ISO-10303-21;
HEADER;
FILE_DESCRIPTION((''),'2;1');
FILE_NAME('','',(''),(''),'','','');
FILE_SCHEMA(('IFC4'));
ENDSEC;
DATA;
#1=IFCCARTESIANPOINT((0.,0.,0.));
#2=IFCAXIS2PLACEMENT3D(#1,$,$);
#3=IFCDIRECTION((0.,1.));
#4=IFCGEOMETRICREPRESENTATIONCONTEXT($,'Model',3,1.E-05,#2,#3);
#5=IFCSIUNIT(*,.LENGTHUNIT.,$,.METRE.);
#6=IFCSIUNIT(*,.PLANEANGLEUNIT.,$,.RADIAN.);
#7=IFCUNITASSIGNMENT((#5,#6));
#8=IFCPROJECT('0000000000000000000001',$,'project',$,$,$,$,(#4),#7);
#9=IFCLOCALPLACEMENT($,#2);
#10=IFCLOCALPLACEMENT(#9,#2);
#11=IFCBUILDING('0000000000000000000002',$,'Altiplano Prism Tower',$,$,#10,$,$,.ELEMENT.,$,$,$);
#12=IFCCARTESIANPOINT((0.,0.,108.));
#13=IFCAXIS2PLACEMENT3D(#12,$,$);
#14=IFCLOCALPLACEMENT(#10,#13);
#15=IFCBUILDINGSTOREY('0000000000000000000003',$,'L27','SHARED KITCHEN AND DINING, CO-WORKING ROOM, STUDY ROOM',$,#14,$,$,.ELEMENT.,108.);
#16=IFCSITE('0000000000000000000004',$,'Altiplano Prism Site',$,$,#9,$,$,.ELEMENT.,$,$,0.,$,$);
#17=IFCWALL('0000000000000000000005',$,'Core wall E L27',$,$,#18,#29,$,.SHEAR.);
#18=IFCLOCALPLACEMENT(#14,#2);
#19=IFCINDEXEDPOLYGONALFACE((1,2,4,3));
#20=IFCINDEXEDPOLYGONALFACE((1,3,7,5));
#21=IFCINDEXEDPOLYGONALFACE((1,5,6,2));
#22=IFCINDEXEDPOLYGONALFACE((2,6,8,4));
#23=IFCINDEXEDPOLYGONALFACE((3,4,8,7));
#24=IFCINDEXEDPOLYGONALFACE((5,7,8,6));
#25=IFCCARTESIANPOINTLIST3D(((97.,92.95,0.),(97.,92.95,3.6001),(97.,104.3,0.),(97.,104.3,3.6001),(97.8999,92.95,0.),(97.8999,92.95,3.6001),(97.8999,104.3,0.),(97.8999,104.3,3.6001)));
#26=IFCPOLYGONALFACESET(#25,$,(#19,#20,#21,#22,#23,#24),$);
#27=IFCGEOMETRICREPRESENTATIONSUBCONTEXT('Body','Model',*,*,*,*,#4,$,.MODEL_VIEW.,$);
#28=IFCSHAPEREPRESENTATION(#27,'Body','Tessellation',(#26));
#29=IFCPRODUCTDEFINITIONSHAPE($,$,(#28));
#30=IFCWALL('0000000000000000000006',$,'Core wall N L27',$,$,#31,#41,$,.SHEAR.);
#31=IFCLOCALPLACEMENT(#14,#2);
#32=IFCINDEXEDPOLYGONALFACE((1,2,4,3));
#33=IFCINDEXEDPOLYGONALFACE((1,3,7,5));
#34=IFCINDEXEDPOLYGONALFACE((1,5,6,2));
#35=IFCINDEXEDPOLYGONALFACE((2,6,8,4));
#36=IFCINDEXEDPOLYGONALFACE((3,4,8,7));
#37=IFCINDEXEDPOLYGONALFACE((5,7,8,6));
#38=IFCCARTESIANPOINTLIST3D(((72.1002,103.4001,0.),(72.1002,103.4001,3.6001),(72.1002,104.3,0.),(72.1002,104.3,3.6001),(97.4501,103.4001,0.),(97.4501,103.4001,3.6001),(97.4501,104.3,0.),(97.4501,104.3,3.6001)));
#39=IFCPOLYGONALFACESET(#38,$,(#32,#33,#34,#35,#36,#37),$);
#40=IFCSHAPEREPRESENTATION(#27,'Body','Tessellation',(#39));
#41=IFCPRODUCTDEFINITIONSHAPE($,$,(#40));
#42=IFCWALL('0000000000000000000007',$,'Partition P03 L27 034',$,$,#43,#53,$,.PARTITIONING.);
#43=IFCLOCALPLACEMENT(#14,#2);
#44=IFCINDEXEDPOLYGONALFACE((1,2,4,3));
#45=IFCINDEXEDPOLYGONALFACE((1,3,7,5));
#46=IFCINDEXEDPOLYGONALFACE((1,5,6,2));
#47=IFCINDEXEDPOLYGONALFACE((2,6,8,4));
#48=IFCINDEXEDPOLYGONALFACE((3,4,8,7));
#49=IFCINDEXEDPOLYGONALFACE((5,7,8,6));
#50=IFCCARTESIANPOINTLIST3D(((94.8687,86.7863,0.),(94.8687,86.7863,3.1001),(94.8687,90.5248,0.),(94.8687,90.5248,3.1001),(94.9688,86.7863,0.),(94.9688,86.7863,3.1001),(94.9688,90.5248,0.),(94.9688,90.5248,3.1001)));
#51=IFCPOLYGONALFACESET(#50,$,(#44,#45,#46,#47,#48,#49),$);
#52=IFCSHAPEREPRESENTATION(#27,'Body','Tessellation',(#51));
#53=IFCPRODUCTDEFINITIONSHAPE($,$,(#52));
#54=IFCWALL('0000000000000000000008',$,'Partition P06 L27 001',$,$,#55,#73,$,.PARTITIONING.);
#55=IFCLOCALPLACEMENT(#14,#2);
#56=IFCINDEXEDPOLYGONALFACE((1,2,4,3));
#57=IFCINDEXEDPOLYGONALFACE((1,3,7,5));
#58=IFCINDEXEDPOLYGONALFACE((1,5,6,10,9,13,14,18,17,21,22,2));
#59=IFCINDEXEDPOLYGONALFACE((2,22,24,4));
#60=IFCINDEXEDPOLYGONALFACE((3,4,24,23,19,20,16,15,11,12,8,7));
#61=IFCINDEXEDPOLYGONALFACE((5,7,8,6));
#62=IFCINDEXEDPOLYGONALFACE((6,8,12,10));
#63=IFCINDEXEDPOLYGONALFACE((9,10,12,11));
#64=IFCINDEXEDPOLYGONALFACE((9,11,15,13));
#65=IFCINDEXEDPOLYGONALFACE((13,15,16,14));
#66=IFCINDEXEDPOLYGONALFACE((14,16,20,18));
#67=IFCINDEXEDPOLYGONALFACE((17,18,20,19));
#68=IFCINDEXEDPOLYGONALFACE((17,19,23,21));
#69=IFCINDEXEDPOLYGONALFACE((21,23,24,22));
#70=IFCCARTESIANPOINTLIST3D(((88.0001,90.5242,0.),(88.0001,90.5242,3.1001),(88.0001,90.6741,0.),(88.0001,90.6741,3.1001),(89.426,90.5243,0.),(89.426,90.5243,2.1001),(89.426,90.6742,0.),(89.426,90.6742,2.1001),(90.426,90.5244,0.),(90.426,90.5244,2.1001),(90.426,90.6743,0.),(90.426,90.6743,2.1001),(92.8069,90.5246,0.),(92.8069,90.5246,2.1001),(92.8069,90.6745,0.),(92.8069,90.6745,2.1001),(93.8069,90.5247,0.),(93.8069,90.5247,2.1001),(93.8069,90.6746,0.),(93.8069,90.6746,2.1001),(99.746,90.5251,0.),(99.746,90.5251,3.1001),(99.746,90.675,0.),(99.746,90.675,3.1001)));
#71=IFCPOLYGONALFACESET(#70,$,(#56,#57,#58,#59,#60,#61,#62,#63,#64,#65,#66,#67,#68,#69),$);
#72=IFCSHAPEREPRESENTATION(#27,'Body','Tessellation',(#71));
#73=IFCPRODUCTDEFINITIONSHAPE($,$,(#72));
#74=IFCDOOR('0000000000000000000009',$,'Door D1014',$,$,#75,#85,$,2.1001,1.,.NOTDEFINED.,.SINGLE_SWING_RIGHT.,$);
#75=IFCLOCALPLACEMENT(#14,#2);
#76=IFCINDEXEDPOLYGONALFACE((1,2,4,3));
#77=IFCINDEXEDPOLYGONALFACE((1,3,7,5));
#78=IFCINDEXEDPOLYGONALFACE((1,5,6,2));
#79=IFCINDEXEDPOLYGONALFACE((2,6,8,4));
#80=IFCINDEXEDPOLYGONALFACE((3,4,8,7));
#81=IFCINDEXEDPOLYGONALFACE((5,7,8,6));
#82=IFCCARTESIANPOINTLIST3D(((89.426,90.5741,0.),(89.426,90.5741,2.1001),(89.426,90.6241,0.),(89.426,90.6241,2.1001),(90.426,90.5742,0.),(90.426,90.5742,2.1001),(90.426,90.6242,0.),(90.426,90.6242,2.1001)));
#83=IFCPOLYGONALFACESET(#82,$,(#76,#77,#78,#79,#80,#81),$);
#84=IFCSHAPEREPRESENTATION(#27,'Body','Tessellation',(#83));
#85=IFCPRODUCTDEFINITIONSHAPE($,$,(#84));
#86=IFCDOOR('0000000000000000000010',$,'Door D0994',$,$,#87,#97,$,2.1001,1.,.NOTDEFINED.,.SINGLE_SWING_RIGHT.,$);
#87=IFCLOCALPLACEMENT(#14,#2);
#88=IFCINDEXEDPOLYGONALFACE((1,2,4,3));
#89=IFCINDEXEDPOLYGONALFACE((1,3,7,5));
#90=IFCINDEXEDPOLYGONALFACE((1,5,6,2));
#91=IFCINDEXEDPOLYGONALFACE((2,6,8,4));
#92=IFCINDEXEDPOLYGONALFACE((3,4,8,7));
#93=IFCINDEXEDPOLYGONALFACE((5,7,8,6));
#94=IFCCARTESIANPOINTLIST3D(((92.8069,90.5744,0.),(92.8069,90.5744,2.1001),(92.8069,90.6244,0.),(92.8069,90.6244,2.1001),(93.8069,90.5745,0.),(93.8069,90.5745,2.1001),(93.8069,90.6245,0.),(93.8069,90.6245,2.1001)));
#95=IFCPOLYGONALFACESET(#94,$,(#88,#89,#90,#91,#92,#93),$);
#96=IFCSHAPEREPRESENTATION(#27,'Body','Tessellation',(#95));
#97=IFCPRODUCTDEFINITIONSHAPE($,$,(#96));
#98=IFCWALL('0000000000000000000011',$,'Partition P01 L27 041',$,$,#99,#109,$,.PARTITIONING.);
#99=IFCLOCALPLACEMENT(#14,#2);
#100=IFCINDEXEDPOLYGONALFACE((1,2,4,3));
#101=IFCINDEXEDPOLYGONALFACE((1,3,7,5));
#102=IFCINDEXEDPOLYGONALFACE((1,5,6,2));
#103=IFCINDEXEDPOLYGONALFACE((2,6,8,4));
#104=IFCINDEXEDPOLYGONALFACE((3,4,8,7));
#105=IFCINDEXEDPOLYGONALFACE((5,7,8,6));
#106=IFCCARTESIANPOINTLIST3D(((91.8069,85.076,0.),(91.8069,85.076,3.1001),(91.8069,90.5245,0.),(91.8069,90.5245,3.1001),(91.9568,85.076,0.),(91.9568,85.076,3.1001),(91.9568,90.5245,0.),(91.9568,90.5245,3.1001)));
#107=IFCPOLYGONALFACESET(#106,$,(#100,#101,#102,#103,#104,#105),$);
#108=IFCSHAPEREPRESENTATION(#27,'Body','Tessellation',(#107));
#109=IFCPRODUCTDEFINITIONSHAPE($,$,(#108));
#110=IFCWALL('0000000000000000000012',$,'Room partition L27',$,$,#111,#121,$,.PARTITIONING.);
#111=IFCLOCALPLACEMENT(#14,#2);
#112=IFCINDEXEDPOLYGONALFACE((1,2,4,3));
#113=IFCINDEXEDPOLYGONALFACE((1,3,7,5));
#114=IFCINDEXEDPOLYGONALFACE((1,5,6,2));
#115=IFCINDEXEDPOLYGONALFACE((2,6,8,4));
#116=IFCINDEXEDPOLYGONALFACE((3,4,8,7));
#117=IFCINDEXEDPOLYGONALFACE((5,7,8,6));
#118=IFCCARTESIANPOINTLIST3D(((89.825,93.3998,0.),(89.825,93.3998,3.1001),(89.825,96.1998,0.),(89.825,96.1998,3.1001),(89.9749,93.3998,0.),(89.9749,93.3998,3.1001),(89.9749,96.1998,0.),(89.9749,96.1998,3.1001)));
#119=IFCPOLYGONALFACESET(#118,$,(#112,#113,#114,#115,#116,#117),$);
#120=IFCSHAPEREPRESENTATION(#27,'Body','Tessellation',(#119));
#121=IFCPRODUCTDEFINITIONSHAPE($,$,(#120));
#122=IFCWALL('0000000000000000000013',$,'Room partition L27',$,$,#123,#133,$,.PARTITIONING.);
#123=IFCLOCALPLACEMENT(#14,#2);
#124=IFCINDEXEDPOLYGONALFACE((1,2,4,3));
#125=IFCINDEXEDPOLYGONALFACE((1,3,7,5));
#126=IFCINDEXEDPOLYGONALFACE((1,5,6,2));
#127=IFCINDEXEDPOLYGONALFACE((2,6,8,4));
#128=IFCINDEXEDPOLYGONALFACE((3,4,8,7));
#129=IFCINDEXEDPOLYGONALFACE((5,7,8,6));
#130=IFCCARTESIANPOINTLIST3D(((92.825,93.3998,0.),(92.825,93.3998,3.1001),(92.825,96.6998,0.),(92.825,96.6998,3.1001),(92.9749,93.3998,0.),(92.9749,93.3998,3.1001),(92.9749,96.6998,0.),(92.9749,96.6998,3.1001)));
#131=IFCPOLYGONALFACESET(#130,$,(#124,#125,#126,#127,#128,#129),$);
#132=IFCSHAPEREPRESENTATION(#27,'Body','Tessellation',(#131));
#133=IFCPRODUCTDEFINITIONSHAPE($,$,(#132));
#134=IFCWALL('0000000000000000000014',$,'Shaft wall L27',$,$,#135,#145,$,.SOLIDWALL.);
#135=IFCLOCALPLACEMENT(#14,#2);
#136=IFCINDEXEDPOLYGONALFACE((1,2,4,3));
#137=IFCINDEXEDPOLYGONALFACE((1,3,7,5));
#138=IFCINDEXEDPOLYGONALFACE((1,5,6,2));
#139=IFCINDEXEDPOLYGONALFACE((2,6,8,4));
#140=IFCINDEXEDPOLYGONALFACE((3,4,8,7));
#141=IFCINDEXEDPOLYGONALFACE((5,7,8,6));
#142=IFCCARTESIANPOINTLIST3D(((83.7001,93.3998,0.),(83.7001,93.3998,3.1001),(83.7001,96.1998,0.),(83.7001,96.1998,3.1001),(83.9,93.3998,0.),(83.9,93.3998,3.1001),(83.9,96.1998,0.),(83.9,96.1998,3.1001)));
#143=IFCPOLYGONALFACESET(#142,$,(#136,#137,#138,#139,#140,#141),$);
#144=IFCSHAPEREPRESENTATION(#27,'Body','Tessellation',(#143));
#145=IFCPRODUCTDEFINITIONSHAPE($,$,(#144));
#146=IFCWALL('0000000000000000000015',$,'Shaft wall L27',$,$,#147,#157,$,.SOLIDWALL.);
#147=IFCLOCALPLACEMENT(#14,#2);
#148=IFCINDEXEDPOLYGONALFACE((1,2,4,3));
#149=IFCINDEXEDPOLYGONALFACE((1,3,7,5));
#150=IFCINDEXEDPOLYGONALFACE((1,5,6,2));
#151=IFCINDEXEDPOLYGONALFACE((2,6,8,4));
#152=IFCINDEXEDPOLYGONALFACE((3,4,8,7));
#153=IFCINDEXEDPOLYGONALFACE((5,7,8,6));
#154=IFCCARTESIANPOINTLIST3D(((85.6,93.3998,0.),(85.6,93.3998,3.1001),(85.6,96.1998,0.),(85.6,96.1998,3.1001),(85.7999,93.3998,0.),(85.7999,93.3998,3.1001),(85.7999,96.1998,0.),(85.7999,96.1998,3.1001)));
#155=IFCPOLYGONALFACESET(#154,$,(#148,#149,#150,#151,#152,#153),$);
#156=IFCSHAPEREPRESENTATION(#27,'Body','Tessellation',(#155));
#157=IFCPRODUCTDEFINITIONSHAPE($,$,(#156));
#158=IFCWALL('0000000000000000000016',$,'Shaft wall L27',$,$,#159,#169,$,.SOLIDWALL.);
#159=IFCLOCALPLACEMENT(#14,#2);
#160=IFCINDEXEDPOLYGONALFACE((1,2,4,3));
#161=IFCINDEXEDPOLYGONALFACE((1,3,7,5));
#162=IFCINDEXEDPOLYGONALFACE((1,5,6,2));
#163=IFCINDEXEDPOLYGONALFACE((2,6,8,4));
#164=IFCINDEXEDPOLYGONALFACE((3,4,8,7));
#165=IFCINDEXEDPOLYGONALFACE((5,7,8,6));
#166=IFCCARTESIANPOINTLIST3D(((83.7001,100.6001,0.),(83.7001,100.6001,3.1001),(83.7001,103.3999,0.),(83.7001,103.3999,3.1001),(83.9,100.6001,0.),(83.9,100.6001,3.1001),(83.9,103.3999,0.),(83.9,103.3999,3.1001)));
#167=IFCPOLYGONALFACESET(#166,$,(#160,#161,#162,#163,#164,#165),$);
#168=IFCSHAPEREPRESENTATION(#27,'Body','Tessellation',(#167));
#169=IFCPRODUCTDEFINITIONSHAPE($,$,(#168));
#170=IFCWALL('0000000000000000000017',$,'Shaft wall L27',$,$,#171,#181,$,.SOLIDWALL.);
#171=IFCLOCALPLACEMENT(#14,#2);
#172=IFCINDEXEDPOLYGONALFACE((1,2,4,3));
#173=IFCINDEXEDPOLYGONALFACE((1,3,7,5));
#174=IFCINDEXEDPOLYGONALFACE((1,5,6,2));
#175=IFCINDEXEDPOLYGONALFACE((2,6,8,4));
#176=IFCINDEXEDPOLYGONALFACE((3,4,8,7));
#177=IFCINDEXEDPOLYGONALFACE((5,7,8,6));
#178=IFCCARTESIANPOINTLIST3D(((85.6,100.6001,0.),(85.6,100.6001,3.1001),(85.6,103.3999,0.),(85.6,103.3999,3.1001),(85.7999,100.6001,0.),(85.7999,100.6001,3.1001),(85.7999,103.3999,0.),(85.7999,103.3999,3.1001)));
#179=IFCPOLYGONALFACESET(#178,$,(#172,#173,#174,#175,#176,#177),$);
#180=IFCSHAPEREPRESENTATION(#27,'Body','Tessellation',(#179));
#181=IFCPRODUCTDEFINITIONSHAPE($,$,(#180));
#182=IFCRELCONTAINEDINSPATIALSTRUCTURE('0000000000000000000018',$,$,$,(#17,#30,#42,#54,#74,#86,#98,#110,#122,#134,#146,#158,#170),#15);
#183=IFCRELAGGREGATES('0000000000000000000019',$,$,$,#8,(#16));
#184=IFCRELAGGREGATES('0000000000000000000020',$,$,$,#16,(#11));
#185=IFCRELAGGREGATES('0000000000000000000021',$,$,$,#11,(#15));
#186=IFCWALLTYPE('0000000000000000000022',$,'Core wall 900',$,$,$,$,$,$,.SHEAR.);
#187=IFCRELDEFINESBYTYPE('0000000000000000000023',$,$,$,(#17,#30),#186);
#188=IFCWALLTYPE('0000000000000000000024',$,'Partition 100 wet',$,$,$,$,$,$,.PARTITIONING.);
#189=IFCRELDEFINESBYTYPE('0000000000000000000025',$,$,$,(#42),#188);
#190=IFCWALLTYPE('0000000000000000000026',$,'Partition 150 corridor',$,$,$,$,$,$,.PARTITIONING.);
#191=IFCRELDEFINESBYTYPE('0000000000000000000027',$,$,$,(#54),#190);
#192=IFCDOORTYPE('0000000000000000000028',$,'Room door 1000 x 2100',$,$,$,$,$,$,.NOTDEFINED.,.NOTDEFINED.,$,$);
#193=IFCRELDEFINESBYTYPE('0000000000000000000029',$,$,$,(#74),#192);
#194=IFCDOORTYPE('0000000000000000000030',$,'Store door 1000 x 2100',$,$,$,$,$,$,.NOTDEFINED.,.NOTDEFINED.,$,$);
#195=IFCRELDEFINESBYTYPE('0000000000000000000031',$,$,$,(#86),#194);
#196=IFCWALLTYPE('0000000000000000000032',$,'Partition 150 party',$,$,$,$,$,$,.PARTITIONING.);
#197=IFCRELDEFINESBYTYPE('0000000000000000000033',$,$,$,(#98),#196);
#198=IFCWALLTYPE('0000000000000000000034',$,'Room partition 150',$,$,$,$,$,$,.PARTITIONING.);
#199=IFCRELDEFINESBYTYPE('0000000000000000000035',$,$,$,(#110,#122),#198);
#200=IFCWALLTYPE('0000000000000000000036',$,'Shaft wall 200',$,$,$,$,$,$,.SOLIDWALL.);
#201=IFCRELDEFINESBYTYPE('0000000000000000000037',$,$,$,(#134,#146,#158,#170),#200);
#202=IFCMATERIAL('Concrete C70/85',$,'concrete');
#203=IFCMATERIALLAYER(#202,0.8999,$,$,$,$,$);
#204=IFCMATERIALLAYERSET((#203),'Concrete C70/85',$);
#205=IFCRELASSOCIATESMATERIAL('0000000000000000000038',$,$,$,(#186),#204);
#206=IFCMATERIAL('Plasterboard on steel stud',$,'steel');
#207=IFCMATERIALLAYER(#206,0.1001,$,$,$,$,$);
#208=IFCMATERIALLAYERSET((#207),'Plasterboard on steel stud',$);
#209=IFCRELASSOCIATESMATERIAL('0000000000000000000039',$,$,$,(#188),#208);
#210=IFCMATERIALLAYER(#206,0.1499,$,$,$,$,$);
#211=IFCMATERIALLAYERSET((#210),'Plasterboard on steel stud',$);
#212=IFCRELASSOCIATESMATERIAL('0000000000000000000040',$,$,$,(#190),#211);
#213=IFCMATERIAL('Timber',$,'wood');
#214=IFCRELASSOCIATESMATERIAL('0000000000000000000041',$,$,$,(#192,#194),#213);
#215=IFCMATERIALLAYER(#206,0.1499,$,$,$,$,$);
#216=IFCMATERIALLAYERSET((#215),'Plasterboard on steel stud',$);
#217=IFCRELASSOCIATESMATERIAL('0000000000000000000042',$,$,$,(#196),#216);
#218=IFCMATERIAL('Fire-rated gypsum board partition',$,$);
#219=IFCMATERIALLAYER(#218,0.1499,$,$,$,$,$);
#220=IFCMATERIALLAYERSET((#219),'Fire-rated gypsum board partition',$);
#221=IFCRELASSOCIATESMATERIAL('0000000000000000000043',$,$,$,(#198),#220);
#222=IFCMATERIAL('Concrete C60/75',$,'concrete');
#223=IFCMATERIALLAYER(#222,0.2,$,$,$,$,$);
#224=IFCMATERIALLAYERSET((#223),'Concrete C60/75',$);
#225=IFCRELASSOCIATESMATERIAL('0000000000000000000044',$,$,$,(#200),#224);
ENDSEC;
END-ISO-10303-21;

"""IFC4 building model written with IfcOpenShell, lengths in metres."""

from ifc_helpers import new_model, si_unit, direction, frame, frame_2d, origin, place, context, subcontext, project, spatial, rectangle, extrude, material, layer, layer_set, type_object, element, fill, save


model = new_model("IFC4")

# Units and contexts
model_context = context("Model", 3, precision=1e-05, world=origin(), true_north=direction((0.0, 1.0)))
body_context = subcontext(model_context, "Body", "Model", "MODEL_VIEW")
ifc_project = project(units=[si_unit("LENGTHUNIT", "METRE"), si_unit("PLANEANGLEUNIT", "RADIAN")], contexts=[model_context])

# Site, building, storey
site_placement = place(None, origin())
site = spatial("IfcSite", under=ifc_project, at=site_placement, Name="Altiplano Prism Site", CompositionType="ELEMENT", RefElevation=0.0)
building_placement = place(site_placement, origin())
building = spatial("IfcBuilding", under=site, at=building_placement, Name="Altiplano Prism Tower", CompositionType="ELEMENT")
storey_placement = place(building_placement, frame((0.0, 0.0, 108.0)))
storey = spatial("IfcBuildingStorey", under=building, at=storey_placement, Name="L27", Description="SHARED KITCHEN AND DINING, CO-WORKING ROOM, STUDY ROOM", CompositionType="ELEMENT", Elevation=108.0)

# Walls
ifc_material_1 = material(Name="Concrete C70/85", Category="concrete")
ifc_layer_1 = layer(ifc_material_1, 0.8999)
ifc_layer_set_1 = layer_set([ifc_layer_1], Name="Concrete C70/85")
wall_type_1 = type_object("IfcWallType", Name="Core wall 900", PredefinedType="SHEAR", material=ifc_layer_set_1)
wall_1_placement = place(storey_placement, frame((97.45, 92.95, 0.0), z_axis=(0.0, 0.0, 1.0), x_axis=(0.0, 1.0, 0.0)))
element("IfcWall", 1, at=wall_1_placement, inside=storey, type_object=wall_type_1, Name="Core wall E L27", PredefinedType="SHEAR", context=body_context, shape_type="SweptSolid", body=[
    extrude(rectangle(XDim=11.3501, YDim=0.8999, at=frame_2d((5.675, 0.0))), origin(), (0.0, 0.0, 1.0), 3.6001),
])
wall_2_placement = place(storey_placement, frame((97.45, 103.8501, 0.0), z_axis=(0.0, 0.0, 1.0), x_axis=(-1.0, 0.0, 0.0)))
element("IfcWall", 2, at=wall_2_placement, inside=storey, type_object=wall_type_1, Name="Core wall N L27", PredefinedType="SHEAR", context=body_context, shape_type="SweptSolid", body=[
    extrude(rectangle(XDim=25.3499, YDim=0.8999, at=frame_2d((12.6748, 0.0))), origin(), (0.0, 0.0, 1.0), 3.6001),
])
ifc_material_2 = material(Name="Plasterboard on steel stud", Category="steel")
ifc_layer_2 = layer(ifc_material_2, 0.1001)
ifc_layer_set_2 = layer_set([ifc_layer_2], Name="Plasterboard on steel stud")
wall_type_2 = type_object("IfcWallType", Name="Partition 100 wet", PredefinedType="PARTITIONING", material=ifc_layer_set_2)
wall_3_placement = place(storey_placement, frame((94.9187, 90.5247, 0.0), z_axis=(0.0, 0.0, 1.0), x_axis=(0.0, -1.0, 0.0)))
element("IfcWall", 3, at=wall_3_placement, inside=storey, type_object=wall_type_2, Name="Partition P03 L27 034", PredefinedType="PARTITIONING", context=body_context, shape_type="SweptSolid", body=[
    extrude(rectangle(XDim=3.7385, YDim=0.1001, at=frame_2d((1.8691, 0.0))), origin(), (0.0, 0.0, 1.0), 3.1001),
])

# Wall, openings, doors
ifc_layer_3 = layer(ifc_material_2, 0.1499)
ifc_layer_set_3 = layer_set([ifc_layer_3], Name="Plasterboard on steel stud")
wall_type_3 = type_object("IfcWallType", Name="Partition 150 corridor", PredefinedType="PARTITIONING", material=ifc_layer_set_3)
wall_4_placement = place(storey_placement, frame((88.0, 90.5991, 0.0), z_axis=(0.0, 0.0, 1.0), x_axis=(1.0, 0.000083, 0.0)))
wall_4 = element("IfcWall", 4, at=wall_4_placement, inside=storey, type_object=wall_type_3, Name="Partition P06 L27 001", PredefinedType="PARTITIONING", context=body_context, shape_type="SweptSolid", body=[
    extrude(rectangle(XDim=11.7458, YDim=0.1499, at=frame_2d((5.873, 0.0))), origin(), (0.0, 0.0, 1.0), 3.1001),
])
opening_1_placement = place(wall_4_placement, frame((4.8069, 0.0, 0.0)))
opening_1 = element("IfcOpeningElement", 5, at=opening_1_placement, cuts=wall_4, PredefinedType="OPENING", context=body_context, shape_type="SweptSolid", body=[
    extrude(rectangle(XDim=1.0, YDim=2.1001, at=frame_2d((0.5, 1.05))), frame((0.0, 0.0854, 0.0), z_axis=(0.0, -1.0, 0.0), x_axis=(1.0, 0.0, 0.0)), (0.0, 0.0, 1.0), 0.1709),
])
opening_2_placement = place(wall_4_placement, frame((1.426, 0.0, 0.0)))
opening_2 = element("IfcOpeningElement", 6, at=opening_2_placement, cuts=wall_4, PredefinedType="OPENING", context=body_context, shape_type="SweptSolid", body=[
    extrude(rectangle(XDim=1.0, YDim=2.1001, at=frame_2d((0.5, 1.05))), frame((0.0, 0.0854, 0.0), z_axis=(0.0, -1.0, 0.0), x_axis=(1.0, 0.0, 0.0)), (0.0, 0.0, 1.0), 0.1709),
])
ifc_material_3 = material(Name="Timber", Category="wood")
door_type_1 = type_object("IfcDoorType", Name="Room door 1000 x 2100", OperationType="NOTDEFINED", PredefinedType="NOTDEFINED", material=ifc_material_3)
door_1_placement = place(opening_2_placement, origin())
door_1 = element("IfcDoor", 7, at=door_1_placement, inside=storey, type_object=door_type_1, Name="Door D1014", OperationType="SINGLE_SWING_RIGHT", OverallHeight=2.1001, OverallWidth=1.0, PredefinedType="NOTDEFINED", context=body_context, shape_type="SweptSolid", body=[
    extrude(rectangle(XDim=1.0, YDim=2.1001, at=frame_2d((0.5, 1.05))), frame((0.0, 0.0249, 0.0), z_axis=(0.0, -1.0, 0.0), x_axis=(1.0, 0.0, 0.0)), (0.0, 0.0, 1.0), 0.05),
])
fill(opening_2, door_1)
door_type_2 = type_object("IfcDoorType", Name="Store door 1000 x 2100", OperationType="NOTDEFINED", PredefinedType="NOTDEFINED", material=ifc_material_3)
door_2_placement = place(opening_1_placement, origin())
door_2 = element("IfcDoor", 8, at=door_2_placement, inside=storey, type_object=door_type_2, Name="Door D0994", OperationType="SINGLE_SWING_RIGHT", OverallHeight=2.1001, OverallWidth=1.0, PredefinedType="NOTDEFINED", context=body_context, shape_type="SweptSolid", body=[
    extrude(rectangle(XDim=1.0, YDim=2.1001, at=frame_2d((0.5, 1.05))), frame((0.0, 0.0249, 0.0), z_axis=(0.0, -1.0, 0.0), x_axis=(1.0, 0.0, 0.0)), (0.0, 0.0, 1.0), 0.05),
])
fill(opening_1, door_2)

# Walls
ifc_layer_4 = layer(ifc_material_2, 0.1499)
ifc_layer_set_4 = layer_set([ifc_layer_4], Name="Plasterboard on steel stud")
wall_type_4 = type_object("IfcWallType", Name="Partition 150 party", PredefinedType="PARTITIONING", material=ifc_layer_set_4)
wall_5_placement = place(storey_placement, frame((91.8818, 90.5244, 0.0), z_axis=(0.0, 0.0, 1.0), x_axis=(0.0, -1.0, 0.0)))
element("IfcWall", 9, at=wall_5_placement, inside=storey, type_object=wall_type_4, Name="Partition P01 L27 041", PredefinedType="PARTITIONING", context=body_context, shape_type="SweptSolid", body=[
    extrude(rectangle(XDim=5.4485, YDim=0.1499, at=frame_2d((2.7241, 0.0))), origin(), (0.0, 0.0, 1.0), 3.1001),
])
ifc_material_4 = material(Name="Fire-rated gypsum board partition")
ifc_layer_5 = layer(ifc_material_4, 0.1499)
ifc_layer_set_5 = layer_set([ifc_layer_5], Name="Fire-rated gypsum board partition")
wall_type_5 = type_object("IfcWallType", Name="Room partition 150", PredefinedType="PARTITIONING", material=ifc_layer_set_5)
wall_6_placement = place(storey_placement, frame((89.8999, 93.3999, 0.0), z_axis=(0.0, 0.0, 1.0), x_axis=(0.0, 1.0, 0.0)))
element("IfcWall", 10, at=wall_6_placement, inside=storey, type_object=wall_type_5, Name="Room partition L27", PredefinedType="PARTITIONING", context=body_context, shape_type="SweptSolid", body=[
    extrude(rectangle(XDim=2.8, YDim=0.1499, at=frame_2d((1.3999, 0.0))), origin(), (0.0, 0.0, 1.0), 3.1001),
])
wall_7_placement = place(storey_placement, frame((92.8999, 93.3999, 0.0), z_axis=(0.0, 0.0, 1.0), x_axis=(0.0, 1.0, 0.0)))
element("IfcWall", 11, at=wall_7_placement, inside=storey, type_object=wall_type_5, Name="Room partition L27", PredefinedType="PARTITIONING", context=body_context, shape_type="SweptSolid", body=[
    extrude(rectangle(XDim=3.3, YDim=0.1499, at=frame_2d((1.6499, 0.0))), origin(), (0.0, 0.0, 1.0), 3.1001),
])
ifc_material_5 = material(Name="Concrete C60/75", Category="concrete")
ifc_layer_6 = layer(ifc_material_5, 0.2)
ifc_layer_set_6 = layer_set([ifc_layer_6], Name="Concrete C60/75")
wall_type_6 = type_object("IfcWallType", Name="Shaft wall 200", PredefinedType="SOLIDWALL", material=ifc_layer_set_6)
for number, where, z_axis, x_axis, name in (
    (12, (83.8, 93.3999, 0.0), (0.0, 0.0, 1.0), (0.0, 1.0, 0.0), "Shaft wall L27"),
    (13, (85.7, 93.3999, 0.0), (0.0, 0.0, 1.0), (0.0, 1.0, 0.0), "Shaft wall L27"),
):
    element("IfcWall", number, at=place(storey_placement, frame(where, z_axis=z_axis, x_axis=x_axis)), inside=storey, type_object=wall_type_6, Name=name, PredefinedType="SOLIDWALL", context=body_context, shape_type="SweptSolid", body=[
        extrude(rectangle(XDim=2.8, YDim=0.2, at=frame_2d((1.3999, 0.0))), origin(), (0.0, 0.0, 1.0), 3.1001),
    ])
for number, where, z_axis, x_axis, name in (
    (14, (83.8, 100.6001, 0.0), (0.0, 0.0, 1.0), (0.0, 1.0, 0.0), "Shaft wall L27"),
    (15, (85.7, 100.6001, 0.0), (0.0, 0.0, 1.0), (0.0, 1.0, 0.0), "Shaft wall L27"),
):
    element("IfcWall", number, at=place(storey_placement, frame(where, z_axis=z_axis, x_axis=x_axis)), inside=storey, type_object=wall_type_6, Name=name, PredefinedType="SOLIDWALL", context=body_context, shape_type="SweptSolid", body=[
        extrude(rectangle(XDim=2.7998, YDim=0.2, at=frame_2d((1.3999, 0.0))), origin(), (0.0, 0.0, 1.0), 3.1001),
    ])

save(model, "model.ifc")
